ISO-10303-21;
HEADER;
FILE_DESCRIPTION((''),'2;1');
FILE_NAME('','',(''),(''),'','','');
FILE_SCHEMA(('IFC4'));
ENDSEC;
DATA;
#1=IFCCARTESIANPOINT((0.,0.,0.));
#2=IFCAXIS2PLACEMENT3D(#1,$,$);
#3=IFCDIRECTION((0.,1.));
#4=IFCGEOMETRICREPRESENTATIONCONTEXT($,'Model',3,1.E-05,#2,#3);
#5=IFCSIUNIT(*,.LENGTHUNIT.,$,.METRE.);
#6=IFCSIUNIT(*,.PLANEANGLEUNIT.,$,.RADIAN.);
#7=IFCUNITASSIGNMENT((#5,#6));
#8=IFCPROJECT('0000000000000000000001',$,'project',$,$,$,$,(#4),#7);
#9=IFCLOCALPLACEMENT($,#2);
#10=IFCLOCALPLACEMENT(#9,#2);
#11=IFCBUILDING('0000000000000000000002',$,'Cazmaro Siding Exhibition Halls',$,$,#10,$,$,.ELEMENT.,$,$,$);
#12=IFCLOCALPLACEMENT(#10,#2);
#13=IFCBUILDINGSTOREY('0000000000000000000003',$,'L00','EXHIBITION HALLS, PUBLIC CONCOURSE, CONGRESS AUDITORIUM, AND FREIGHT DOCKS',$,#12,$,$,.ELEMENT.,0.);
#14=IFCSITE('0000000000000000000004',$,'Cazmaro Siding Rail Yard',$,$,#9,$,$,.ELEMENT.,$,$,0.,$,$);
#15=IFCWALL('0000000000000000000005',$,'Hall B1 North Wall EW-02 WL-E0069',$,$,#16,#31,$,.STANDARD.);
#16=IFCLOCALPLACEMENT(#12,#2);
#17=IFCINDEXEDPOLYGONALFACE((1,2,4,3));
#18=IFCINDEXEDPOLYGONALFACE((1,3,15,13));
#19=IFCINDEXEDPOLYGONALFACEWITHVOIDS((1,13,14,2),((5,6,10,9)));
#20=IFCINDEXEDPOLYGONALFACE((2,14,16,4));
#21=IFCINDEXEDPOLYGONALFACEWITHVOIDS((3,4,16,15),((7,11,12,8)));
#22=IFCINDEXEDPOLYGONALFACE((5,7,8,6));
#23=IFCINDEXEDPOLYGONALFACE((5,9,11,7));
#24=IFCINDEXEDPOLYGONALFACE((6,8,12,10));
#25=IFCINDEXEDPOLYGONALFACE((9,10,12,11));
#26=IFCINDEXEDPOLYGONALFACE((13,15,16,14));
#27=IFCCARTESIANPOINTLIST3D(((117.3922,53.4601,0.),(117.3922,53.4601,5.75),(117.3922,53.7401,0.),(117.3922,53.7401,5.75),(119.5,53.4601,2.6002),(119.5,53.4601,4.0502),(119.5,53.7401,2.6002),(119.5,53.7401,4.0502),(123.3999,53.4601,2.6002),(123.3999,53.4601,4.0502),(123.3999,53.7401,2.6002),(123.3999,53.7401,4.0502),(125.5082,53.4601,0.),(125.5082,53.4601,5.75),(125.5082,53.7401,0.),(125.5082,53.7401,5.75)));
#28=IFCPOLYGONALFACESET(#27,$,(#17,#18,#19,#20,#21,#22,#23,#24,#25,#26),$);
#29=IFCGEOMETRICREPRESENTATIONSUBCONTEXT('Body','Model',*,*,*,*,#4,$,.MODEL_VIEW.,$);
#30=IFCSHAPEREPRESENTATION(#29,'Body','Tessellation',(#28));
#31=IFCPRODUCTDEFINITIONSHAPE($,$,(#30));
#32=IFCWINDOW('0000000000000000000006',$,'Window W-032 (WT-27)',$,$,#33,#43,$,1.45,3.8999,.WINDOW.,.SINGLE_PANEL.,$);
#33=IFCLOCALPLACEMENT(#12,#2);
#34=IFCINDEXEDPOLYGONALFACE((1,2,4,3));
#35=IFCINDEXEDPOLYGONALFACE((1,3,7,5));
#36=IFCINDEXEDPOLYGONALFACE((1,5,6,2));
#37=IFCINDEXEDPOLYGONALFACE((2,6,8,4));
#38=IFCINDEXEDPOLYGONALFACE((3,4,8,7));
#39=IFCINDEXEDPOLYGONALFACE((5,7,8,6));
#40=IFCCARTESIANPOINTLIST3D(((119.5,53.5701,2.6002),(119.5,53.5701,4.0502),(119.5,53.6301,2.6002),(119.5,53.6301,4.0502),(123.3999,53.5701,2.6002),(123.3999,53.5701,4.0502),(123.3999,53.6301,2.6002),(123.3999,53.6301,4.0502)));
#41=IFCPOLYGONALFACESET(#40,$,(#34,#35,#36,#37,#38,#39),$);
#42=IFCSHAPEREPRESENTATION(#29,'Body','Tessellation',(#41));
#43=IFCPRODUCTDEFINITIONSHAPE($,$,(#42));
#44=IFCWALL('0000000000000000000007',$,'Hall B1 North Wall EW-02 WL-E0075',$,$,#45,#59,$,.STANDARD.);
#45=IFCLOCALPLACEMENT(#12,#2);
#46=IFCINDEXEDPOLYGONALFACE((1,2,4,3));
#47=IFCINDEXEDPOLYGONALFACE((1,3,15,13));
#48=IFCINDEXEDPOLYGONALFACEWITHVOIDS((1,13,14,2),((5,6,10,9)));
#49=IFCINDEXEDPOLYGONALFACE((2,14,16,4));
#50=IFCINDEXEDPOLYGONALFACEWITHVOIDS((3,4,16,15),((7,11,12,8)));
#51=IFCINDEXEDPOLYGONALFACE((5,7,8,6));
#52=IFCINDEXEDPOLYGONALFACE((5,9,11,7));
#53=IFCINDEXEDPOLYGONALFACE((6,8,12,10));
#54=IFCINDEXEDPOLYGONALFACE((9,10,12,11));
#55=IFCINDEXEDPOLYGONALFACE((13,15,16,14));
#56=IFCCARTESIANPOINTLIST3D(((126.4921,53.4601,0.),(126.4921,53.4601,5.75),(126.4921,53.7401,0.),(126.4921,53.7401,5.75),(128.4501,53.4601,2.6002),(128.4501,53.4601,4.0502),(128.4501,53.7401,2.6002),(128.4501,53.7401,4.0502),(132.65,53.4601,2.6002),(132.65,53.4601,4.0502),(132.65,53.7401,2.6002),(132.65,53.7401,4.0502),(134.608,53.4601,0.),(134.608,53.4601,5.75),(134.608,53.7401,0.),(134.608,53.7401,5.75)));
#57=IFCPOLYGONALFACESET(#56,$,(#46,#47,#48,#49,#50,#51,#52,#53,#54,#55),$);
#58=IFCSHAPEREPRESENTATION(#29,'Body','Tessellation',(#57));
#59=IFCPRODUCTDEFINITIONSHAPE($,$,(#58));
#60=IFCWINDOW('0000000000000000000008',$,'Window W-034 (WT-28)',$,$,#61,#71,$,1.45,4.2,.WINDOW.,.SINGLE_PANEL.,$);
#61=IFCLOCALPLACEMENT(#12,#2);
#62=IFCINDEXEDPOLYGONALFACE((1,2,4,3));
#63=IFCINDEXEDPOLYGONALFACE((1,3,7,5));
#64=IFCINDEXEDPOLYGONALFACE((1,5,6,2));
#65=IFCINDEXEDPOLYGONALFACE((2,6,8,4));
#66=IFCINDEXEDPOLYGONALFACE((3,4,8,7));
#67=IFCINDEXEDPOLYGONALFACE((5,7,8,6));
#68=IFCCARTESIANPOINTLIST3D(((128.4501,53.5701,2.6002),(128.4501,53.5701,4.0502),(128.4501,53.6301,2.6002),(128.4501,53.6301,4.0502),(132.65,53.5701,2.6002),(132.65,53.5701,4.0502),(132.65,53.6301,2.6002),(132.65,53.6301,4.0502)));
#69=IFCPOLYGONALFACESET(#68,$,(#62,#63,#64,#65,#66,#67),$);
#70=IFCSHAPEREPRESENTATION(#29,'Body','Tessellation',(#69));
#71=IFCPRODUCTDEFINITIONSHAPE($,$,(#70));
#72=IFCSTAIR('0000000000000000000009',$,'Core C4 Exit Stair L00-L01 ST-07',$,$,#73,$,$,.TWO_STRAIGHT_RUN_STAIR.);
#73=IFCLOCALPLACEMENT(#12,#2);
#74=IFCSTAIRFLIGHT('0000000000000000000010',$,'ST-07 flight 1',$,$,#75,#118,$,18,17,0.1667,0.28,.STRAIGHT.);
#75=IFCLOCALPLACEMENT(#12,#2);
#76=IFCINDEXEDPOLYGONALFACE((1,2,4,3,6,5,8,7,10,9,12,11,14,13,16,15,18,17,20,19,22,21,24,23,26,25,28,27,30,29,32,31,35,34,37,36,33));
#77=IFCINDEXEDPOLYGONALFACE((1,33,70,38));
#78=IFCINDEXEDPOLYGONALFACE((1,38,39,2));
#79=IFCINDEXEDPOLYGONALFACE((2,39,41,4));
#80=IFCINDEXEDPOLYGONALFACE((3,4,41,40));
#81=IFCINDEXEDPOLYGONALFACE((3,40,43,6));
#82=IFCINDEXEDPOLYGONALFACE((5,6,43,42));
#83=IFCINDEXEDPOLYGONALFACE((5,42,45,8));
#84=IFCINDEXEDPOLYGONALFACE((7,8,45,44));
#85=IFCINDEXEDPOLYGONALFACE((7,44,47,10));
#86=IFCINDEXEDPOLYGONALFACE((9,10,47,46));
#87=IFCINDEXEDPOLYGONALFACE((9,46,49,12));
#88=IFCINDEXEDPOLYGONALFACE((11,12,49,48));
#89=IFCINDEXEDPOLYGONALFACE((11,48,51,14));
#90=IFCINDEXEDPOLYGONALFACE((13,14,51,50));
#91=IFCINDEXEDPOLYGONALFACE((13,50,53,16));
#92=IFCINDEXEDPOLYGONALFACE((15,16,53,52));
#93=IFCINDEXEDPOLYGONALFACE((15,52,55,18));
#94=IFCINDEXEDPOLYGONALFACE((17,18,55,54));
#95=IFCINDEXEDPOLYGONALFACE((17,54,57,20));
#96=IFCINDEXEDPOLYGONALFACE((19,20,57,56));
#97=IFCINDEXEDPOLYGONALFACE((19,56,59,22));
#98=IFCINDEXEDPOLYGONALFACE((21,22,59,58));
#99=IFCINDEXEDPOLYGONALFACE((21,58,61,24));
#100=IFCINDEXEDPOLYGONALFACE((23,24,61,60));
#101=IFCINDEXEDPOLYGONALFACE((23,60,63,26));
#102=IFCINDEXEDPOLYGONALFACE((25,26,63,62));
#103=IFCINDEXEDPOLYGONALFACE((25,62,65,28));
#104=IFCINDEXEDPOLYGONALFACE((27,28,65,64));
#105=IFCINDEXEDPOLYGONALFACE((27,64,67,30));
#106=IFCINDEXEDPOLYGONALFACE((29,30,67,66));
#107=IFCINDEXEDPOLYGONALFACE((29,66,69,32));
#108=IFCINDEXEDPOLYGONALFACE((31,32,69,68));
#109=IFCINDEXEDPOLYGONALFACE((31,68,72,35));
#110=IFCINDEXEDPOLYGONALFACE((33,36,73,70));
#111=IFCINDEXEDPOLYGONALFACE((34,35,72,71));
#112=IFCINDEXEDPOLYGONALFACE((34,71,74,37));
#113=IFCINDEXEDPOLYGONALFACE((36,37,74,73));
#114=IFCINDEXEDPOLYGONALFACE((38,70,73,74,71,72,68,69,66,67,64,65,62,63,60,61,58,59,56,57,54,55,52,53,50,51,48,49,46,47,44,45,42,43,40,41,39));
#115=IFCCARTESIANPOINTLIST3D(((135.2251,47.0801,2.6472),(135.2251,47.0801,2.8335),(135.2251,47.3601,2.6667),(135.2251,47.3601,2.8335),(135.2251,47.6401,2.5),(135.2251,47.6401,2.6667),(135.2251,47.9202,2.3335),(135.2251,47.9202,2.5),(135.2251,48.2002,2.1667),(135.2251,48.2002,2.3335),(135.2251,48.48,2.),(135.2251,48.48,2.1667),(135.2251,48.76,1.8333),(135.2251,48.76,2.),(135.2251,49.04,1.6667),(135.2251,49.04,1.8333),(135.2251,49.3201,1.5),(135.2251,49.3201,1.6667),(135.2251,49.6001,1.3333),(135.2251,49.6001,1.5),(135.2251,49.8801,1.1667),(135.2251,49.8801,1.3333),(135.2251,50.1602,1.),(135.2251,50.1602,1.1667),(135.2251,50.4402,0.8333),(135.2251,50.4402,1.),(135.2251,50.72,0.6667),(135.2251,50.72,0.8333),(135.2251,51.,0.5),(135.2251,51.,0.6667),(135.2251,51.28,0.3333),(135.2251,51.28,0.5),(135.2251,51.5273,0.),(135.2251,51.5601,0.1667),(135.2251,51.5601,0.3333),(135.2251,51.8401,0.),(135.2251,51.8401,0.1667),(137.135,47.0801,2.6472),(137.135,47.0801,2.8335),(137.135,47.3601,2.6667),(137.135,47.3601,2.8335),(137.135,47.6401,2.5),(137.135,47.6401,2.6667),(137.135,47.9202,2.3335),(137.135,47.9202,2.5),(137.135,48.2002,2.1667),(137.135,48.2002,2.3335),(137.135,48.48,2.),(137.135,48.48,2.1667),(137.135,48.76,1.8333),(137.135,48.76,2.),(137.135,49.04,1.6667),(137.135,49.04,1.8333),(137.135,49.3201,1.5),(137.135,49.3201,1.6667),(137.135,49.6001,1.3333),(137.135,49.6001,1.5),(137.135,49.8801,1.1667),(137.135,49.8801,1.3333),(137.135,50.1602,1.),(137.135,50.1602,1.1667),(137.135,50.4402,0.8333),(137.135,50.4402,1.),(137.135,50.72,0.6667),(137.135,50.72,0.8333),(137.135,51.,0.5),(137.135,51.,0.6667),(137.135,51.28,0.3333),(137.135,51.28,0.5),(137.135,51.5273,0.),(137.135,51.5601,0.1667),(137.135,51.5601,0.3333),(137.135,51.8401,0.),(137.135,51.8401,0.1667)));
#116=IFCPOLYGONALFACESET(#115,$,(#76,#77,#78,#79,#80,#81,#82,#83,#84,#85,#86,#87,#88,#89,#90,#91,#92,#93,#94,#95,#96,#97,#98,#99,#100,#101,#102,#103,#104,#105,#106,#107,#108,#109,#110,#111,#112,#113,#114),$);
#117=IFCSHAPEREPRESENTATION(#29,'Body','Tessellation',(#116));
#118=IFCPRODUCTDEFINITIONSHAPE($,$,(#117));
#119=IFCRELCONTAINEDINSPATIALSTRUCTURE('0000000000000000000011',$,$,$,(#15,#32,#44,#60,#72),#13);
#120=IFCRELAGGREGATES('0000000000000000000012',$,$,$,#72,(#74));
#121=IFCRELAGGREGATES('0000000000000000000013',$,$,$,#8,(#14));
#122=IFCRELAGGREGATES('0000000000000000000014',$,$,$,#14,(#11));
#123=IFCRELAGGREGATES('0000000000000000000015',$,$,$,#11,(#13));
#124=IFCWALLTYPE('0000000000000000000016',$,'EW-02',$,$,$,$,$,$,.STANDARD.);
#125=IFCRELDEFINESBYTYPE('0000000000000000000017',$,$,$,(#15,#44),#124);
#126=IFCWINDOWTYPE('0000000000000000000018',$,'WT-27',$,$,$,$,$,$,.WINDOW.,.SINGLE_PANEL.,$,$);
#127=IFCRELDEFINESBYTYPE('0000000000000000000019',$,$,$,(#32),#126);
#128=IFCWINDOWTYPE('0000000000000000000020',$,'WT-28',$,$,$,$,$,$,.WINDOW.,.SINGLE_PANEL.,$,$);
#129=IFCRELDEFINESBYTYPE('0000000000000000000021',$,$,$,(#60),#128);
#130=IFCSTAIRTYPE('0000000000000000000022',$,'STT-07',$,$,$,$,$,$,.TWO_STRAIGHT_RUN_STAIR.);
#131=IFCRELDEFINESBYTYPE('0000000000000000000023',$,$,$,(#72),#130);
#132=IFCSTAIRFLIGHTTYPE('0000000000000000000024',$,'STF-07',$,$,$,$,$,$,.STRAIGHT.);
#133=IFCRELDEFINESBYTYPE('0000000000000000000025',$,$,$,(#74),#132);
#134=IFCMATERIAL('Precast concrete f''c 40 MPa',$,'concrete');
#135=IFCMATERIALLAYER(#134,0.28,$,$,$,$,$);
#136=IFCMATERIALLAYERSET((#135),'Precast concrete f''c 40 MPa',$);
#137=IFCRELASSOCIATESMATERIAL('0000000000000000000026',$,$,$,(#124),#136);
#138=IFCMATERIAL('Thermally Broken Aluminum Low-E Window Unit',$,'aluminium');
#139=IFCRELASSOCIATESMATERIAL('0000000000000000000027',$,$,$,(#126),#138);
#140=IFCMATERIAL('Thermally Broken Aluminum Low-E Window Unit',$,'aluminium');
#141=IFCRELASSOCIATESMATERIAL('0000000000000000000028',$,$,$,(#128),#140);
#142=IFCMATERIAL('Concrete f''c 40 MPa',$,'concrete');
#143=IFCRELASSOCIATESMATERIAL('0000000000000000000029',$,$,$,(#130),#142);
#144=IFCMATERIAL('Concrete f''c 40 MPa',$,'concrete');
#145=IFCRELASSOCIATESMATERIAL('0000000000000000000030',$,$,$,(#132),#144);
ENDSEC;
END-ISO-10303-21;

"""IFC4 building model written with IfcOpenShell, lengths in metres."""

from ifc_helpers import new_model, si_unit, direction, frame, frame_2d, origin, place, context, subcontext, project, spatial, polyline, rectangle, outline, extrude, material, layer, layer_set, type_object, element, fill, aggregate, save


model = new_model("IFC4")

# Units and contexts
model_context = context("Model", 3, precision=1e-05, world=origin(), true_north=direction((0.0, 1.0)))
body_context = subcontext(model_context, "Body", "Model", "MODEL_VIEW")
ifc_project = project(units=[si_unit("LENGTHUNIT", "METRE"), si_unit("PLANEANGLEUNIT", "RADIAN")], contexts=[model_context])

# Site, building, storey
site_placement = place(None, origin())
site = spatial("IfcSite", under=ifc_project, at=site_placement, Name="Cazmaro Siding Rail Yard", CompositionType="ELEMENT", RefElevation=0.0)
building_placement = place(site_placement, origin())
building = spatial("IfcBuilding", under=site, at=building_placement, Name="Cazmaro Siding Exhibition Halls", CompositionType="ELEMENT")
storey_placement = place(building_placement, origin())
storey = spatial("IfcBuildingStorey", under=building, at=storey_placement, Name="L00", Description="EXHIBITION HALLS, PUBLIC CONCOURSE, CONGRESS AUDITORIUM, AND FREIGHT DOCKS", CompositionType="ELEMENT", Elevation=0.0)

# Walls, openings, windows
ifc_material_1 = material(Name="Precast concrete f'c 40 MPa", Category="concrete")
ifc_layer_1 = layer(ifc_material_1, 0.28)
ifc_layer_set_1 = layer_set([ifc_layer_1], Name="Precast concrete f'c 40 MPa")
wall_type = type_object("IfcWallType", Name="EW-02", PredefinedType="STANDARD", material=ifc_layer_set_1)
wall_1_placement = place(storey_placement, frame((117.3921, 53.6001, 0.0), z_axis=(0.0, 0.0, 1.0), x_axis=(1.0, 0.0, 0.0)))
wall_1 = element("IfcWall", 1, at=wall_1_placement, inside=storey, type_object=wall_type, Name="Hall B1 North Wall EW-02 WL-E0069", PredefinedType="STANDARD", context=body_context, shape_type="SweptSolid", body=[
    extrude(rectangle(XDim=8.116, YDim=0.28, at=frame_2d((4.0581, 0.0))), origin(), (0.0, 0.0, 1.0), 5.75),
])
opening_1_placement = place(wall_1_placement, frame((2.1079, 0.0, 2.6001)))
opening_1 = element("IfcOpeningElement", 2, at=opening_1_placement, cuts=wall_1, PredefinedType="OPENING", context=body_context, shape_type="SweptSolid", body=[
    extrude(rectangle(XDim=3.8999, YDim=1.45, at=frame_2d((1.95, 0.7251))), frame((0.0, 0.1499, 0.0), z_axis=(0.0, -1.0, 0.0), x_axis=(1.0, 0.0, 0.0)), (0.0, 0.0, 1.0), 0.3),
])
ifc_material_2 = material(Name="Thermally Broken Aluminum Low-E Window Unit", Category="aluminium")
window_type_1 = type_object("IfcWindowType", Name="WT-27", PartitioningType="SINGLE_PANEL", PredefinedType="WINDOW", material=ifc_material_2)
window_1_placement = place(opening_1_placement, origin())
window_1 = element("IfcWindow", 3, at=window_1_placement, inside=storey, type_object=window_type_1, Name="Window W-032 (WT-27)", OverallHeight=1.45, OverallWidth=3.8999, PartitioningType="SINGLE_PANEL", PredefinedType="WINDOW", context=body_context, shape_type="SweptSolid", body=[
    extrude(rectangle(XDim=3.8999, YDim=1.45, at=frame_2d((1.95, 0.7251))), frame((0.0, 0.03, 0.0), z_axis=(0.0, -1.0, 0.0), x_axis=(1.0, 0.0, 0.0)), (0.0, 0.0, 1.0), 0.0601),
])
fill(opening_1, window_1)
wall_2_placement = place(storey_placement, frame((126.4919, 53.6001, 0.0), z_axis=(0.0, 0.0, 1.0), x_axis=(1.0, 0.0, 0.0)))
wall_2 = element("IfcWall", 4, at=wall_2_placement, inside=storey, type_object=wall_type, Name="Hall B1 North Wall EW-02 WL-E0075", PredefinedType="STANDARD", context=body_context, shape_type="SweptSolid", body=[
    extrude(rectangle(XDim=8.116, YDim=0.28, at=frame_2d((4.0581, 0.0))), origin(), (0.0, 0.0, 1.0), 5.75),
])
opening_2_placement = place(wall_2_placement, frame((1.958, 0.0, 2.6001)))
opening_2 = element("IfcOpeningElement", 5, at=opening_2_placement, cuts=wall_2, PredefinedType="OPENING", context=body_context, shape_type="SweptSolid", body=[
    extrude(rectangle(XDim=4.2, YDim=1.45, at=frame_2d((2.1001, 0.7251))), frame((0.0, 0.1499, 0.0), z_axis=(0.0, -1.0, 0.0), x_axis=(1.0, 0.0, 0.0)), (0.0, 0.0, 1.0), 0.3),
])
ifc_material_3 = material(Name="Thermally Broken Aluminum Low-E Window Unit", Category="aluminium")
window_type_2 = type_object("IfcWindowType", Name="WT-28", PartitioningType="SINGLE_PANEL", PredefinedType="WINDOW", material=ifc_material_3)
window_2_placement = place(opening_2_placement, origin())
window_2 = element("IfcWindow", 6, at=window_2_placement, inside=storey, type_object=window_type_2, Name="Window W-034 (WT-28)", OverallHeight=1.45, OverallWidth=4.2, PartitioningType="SINGLE_PANEL", PredefinedType="WINDOW", context=body_context, shape_type="SweptSolid", body=[
    extrude(rectangle(XDim=4.2, YDim=1.45, at=frame_2d((2.1001, 0.7251))), frame((0.0, 0.03, 0.0), z_axis=(0.0, -1.0, 0.0), x_axis=(1.0, 0.0, 0.0)), (0.0, 0.0, 1.0), 0.0601),
])
fill(opening_2, window_2)

# Stair, stair flight
ifc_material_4 = material(Name="Concrete f'c 40 MPa", Category="concrete")
stair_type = type_object("IfcStairType", Name="STT-07", PredefinedType="TWO_STRAIGHT_RUN_STAIR", material=ifc_material_4)
stair_placement = place(storey_placement, origin())
stair = element("IfcStair", 7, at=stair_placement, inside=storey, type_object=stair_type, Name="Core C4 Exit Stair L00-L01 ST-07", PredefinedType="TWO_STRAIGHT_RUN_STAIR")
ifc_material_5 = material(Name="Concrete f'c 40 MPa", Category="concrete")
stair_flight_type = type_object("IfcStairFlightType", Name="STF-07", PredefinedType="STRAIGHT", material=ifc_material_5)
stair_flight_placement = place(storey_placement, frame((136.1799, 51.8401, 0.0), z_axis=(0.0, 0.0, 1.0), x_axis=(0.0, -1.0, 0.0)))
stair_flight = element("IfcStairFlight", 8, at=stair_flight_placement, type_object=stair_flight_type, Name="ST-07 flight 1", NumberOfRisers=18, NumberOfTreads=17, PredefinedType="STRAIGHT", RiserHeight=0.1667, TreadLength=0.28, context=body_context, shape_type="SweptSolid", body=[
    extrude(outline(polyline([(0.0, 0.0), (0.0, 0.1667), (0.28, 0.1667), (0.28, 0.3333), (0.5601, 0.3333), (0.5601, 0.5), (0.8401, 0.5), (0.8401, 0.6667), (1.1201, 0.6667), (1.1201, 0.8333), (1.3999, 0.8333), (1.3999, 1.0), (1.6799, 1.0), (1.6799, 1.1667), (1.96, 1.1667), (1.96, 1.3333), (2.24, 1.3333), (2.24, 1.5), (2.52, 1.5), (2.52, 1.6667), (2.8, 1.6667), (2.8, 1.8333), (3.0801, 1.8333), (3.0801, 2.0), (3.3601, 2.0), (3.3601, 2.1667), (3.6399, 2.1667), (3.6399, 2.3335), (3.9199, 2.3335), (3.9199, 2.5), (4.2, 2.5), (4.2, 2.6667), (4.48, 2.6667), (4.48, 2.8335), (4.76, 2.8335), (4.76, 3.0), (4.76, 2.6472), (0.3127, 0.0), (0.0, 0.0)])), frame((0.0, 0.9551, 0.0), z_axis=(0.0, -1.0, 0.0), x_axis=(1.0, 0.0, 0.0)), (0.0, 0.0, 1.0), 1.9099),
])
aggregate(stair, [stair_flight])

save(model, "model.ifc")
